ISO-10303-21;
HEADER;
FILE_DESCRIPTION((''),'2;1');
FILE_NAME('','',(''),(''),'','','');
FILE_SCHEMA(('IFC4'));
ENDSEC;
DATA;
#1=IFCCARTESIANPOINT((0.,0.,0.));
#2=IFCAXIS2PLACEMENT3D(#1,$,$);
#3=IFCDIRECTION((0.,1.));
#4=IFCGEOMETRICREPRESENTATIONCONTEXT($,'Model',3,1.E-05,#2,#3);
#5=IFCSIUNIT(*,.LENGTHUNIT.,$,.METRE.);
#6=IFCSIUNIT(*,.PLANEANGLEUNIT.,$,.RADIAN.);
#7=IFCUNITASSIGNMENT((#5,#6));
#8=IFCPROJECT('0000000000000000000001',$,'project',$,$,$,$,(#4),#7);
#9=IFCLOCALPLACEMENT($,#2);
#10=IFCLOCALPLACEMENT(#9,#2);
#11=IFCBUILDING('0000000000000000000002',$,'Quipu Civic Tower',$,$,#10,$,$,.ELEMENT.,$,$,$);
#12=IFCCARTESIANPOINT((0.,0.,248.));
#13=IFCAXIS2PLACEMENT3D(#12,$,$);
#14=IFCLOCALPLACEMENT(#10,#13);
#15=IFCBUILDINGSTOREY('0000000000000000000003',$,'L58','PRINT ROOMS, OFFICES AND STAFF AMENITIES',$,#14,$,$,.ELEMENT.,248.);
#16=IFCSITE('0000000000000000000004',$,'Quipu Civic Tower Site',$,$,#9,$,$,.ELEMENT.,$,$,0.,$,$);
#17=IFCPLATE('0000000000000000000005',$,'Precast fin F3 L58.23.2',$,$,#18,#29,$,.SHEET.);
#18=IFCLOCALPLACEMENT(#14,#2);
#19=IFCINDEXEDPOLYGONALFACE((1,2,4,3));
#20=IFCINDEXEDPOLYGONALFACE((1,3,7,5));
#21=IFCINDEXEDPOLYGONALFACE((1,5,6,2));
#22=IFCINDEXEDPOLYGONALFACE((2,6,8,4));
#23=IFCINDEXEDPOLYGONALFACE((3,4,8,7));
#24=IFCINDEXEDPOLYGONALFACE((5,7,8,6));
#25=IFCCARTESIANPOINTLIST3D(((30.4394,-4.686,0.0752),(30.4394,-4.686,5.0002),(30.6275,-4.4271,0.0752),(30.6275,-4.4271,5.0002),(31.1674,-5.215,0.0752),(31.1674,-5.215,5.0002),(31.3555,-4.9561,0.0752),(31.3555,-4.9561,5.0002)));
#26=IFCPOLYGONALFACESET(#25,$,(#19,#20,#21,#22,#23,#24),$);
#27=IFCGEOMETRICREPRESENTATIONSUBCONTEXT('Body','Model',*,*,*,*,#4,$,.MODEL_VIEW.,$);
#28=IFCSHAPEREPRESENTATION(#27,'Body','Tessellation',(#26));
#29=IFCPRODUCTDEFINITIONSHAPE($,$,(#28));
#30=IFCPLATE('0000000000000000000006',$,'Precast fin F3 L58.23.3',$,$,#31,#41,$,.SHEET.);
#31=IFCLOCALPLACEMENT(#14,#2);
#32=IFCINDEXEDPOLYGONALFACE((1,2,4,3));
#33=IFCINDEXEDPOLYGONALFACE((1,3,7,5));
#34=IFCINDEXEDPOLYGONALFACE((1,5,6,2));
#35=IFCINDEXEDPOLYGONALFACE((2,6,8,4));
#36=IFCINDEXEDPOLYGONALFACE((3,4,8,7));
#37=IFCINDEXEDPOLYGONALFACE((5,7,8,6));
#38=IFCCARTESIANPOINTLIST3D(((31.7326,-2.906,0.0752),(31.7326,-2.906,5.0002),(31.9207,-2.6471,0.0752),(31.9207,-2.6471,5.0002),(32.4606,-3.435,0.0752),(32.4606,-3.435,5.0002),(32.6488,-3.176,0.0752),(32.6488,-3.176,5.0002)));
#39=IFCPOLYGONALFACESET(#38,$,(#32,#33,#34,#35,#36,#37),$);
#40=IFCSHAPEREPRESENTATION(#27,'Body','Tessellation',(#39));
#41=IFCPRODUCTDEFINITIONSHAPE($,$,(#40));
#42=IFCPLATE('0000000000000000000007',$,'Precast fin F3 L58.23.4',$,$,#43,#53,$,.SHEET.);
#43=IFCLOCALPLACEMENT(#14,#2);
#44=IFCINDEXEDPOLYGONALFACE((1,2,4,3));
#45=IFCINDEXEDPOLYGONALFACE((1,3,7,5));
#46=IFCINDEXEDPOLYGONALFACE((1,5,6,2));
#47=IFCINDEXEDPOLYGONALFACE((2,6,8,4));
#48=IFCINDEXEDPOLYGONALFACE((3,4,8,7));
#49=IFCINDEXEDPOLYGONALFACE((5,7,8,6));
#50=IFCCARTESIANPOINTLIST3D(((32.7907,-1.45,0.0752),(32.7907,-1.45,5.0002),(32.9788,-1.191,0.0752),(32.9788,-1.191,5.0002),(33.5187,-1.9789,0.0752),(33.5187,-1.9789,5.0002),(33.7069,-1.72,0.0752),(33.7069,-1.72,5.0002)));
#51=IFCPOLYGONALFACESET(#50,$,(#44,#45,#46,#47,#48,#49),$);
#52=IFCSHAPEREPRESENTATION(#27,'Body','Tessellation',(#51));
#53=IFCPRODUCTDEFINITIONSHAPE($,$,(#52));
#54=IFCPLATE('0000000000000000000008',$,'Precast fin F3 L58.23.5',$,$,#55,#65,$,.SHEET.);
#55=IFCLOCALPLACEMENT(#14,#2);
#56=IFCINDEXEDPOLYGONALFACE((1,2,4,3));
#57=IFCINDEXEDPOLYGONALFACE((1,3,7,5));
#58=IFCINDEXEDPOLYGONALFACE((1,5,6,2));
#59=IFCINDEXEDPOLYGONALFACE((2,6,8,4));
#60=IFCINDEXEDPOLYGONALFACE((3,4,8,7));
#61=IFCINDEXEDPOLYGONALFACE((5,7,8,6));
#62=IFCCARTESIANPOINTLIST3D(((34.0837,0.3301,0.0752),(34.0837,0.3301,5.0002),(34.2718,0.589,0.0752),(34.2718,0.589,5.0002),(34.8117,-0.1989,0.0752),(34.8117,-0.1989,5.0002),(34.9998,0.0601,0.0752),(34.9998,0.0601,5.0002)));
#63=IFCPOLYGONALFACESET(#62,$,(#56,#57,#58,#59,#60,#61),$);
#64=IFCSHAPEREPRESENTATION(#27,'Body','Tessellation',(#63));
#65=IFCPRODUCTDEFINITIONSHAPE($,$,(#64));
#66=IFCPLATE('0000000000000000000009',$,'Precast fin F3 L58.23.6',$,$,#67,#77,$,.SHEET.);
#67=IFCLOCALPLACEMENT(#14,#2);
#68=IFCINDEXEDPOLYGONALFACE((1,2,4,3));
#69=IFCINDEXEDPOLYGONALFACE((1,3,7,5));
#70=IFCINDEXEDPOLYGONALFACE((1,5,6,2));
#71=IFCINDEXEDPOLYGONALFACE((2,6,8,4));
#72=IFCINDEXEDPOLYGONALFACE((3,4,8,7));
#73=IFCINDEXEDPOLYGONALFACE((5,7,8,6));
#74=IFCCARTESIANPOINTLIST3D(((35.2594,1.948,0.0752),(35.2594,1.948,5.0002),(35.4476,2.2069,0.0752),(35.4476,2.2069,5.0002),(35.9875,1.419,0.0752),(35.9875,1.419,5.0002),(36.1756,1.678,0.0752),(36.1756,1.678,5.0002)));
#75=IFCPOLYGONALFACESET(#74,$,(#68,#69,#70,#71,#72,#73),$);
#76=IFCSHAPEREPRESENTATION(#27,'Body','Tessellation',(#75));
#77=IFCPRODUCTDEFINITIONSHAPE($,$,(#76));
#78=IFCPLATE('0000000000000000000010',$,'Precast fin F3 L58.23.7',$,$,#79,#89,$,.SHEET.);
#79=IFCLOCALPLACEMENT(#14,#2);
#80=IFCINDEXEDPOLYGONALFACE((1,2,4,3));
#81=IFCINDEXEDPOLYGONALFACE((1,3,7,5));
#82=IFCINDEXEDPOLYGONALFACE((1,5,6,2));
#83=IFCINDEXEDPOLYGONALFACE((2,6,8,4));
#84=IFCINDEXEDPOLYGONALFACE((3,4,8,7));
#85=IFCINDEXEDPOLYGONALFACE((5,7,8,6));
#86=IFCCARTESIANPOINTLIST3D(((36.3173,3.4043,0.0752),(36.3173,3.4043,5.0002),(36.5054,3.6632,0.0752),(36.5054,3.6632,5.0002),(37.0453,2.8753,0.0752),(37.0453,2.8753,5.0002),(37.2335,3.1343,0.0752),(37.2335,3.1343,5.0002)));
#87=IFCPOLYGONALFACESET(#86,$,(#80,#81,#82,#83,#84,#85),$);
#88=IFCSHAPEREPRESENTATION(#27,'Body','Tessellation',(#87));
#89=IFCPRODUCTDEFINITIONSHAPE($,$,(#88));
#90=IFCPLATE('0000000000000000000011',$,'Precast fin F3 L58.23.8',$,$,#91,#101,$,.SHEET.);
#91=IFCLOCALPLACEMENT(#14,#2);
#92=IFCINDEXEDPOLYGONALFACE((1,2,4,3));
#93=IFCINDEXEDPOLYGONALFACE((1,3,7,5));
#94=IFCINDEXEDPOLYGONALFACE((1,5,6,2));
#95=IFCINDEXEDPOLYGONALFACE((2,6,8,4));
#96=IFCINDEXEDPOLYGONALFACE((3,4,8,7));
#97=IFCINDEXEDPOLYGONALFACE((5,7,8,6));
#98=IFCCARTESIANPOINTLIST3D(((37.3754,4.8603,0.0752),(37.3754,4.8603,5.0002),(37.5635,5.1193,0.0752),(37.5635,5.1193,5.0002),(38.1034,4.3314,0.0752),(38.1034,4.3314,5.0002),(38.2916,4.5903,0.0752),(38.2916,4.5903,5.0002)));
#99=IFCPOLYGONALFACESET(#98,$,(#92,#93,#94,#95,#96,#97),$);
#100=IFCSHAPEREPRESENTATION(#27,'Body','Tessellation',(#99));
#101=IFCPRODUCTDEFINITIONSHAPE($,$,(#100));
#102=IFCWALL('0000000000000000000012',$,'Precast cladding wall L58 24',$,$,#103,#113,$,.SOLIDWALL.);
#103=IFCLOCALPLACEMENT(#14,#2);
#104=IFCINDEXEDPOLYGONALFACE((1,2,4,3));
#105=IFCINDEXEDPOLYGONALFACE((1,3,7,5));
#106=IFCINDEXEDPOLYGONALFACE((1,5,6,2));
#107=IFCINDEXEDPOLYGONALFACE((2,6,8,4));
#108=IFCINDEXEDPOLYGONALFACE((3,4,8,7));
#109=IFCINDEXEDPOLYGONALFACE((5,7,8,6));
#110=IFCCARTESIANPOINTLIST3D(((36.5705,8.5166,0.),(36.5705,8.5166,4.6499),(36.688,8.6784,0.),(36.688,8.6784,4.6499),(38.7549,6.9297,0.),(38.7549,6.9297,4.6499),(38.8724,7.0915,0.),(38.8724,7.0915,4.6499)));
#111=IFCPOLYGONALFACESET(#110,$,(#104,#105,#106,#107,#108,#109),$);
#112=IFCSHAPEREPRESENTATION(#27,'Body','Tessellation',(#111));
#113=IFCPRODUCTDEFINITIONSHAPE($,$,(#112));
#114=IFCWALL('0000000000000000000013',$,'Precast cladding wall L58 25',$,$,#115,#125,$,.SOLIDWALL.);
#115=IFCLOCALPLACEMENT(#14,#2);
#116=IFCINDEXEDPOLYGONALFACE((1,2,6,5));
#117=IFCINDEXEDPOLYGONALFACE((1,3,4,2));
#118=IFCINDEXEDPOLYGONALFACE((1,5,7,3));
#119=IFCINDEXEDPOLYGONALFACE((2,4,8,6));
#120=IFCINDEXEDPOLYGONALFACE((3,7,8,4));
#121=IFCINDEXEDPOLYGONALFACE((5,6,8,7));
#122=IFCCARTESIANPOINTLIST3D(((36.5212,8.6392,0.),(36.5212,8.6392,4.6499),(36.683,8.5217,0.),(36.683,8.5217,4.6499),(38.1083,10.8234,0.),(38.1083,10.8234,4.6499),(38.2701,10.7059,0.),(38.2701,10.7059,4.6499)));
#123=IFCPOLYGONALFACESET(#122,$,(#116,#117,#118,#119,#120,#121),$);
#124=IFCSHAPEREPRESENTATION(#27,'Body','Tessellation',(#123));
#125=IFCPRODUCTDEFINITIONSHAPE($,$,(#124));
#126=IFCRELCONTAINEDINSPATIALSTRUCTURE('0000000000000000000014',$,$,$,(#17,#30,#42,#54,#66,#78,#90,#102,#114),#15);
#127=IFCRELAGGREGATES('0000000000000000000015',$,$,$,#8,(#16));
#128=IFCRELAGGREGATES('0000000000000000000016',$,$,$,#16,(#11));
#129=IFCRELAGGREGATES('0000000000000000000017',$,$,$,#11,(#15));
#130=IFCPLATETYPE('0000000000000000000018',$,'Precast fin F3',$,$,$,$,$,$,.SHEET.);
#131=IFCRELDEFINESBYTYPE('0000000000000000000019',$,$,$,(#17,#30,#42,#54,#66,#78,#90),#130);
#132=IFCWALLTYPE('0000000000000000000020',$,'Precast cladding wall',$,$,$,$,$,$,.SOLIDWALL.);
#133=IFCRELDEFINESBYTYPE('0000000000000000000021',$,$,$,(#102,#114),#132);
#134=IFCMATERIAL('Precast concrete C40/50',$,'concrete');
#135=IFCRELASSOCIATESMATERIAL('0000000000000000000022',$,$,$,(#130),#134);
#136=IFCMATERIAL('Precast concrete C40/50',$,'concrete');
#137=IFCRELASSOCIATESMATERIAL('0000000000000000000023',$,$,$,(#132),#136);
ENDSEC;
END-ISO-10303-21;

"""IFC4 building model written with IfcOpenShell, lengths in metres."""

from ifc_helpers import new_model, si_unit, direction, frame, frame_2d, origin, origin_2d, place, context, subcontext, project, spatial, rectangle, extrude, material, type_object, element, save


model = new_model("IFC4")

# Units and contexts
model_context = context("Model", 3, precision=1e-05, world=origin(), true_north=direction((0.0, 1.0)))
body_context = subcontext(model_context, "Body", "Model", "MODEL_VIEW")
ifc_project = project(units=[si_unit("LENGTHUNIT", "METRE"), si_unit("PLANEANGLEUNIT", "RADIAN")], contexts=[model_context])

# Site, building, storey
site_placement = place(None, origin())
site = spatial("IfcSite", under=ifc_project, at=site_placement, Name="Quipu Civic Tower Site", CompositionType="ELEMENT", RefElevation=0.0)
building_placement = place(site_placement, origin())
building = spatial("IfcBuilding", under=site, at=building_placement, Name="Quipu Civic Tower", CompositionType="ELEMENT")
storey_placement = place(building_placement, frame((0.0, 0.0, 248.0)))
storey = spatial("IfcBuildingStorey", under=building, at=storey_placement, Name="L58", Description="PRINT ROOMS, OFFICES AND STAFF AMENITIES", CompositionType="ELEMENT", Elevation=248.0)

# Plates
ifc_material_1 = material(Name="Precast concrete C40/50", Category="concrete")
plate_type_1 = type_object("IfcPlateType", Name="Precast fin F3", PredefinedType="SHEET", material=ifc_material_1)
for number, where, z_axis, x_axis, name in (
    (1, (30.8975, -4.821, 0.0752), (0.0, 0.0, 1.0), (0.587787, 0.809016, 0.0), "Precast fin F3 L58.23.2"),
    (2, (32.1907, -3.041, 0.0752), (0.0, 0.0, 1.0), (0.587787, 0.809016, 0.0), "Precast fin F3 L58.23.3"),
    (3, (33.2488, -1.585, 0.0752), (0.0, 0.0, 1.0), (0.587787, 0.809016, 0.0), "Precast fin F3 L58.23.4"),
    (4, (34.5417, 0.1951, 0.0752), (0.0, 0.0, 1.0), (0.587787, 0.809016, 0.0), "Precast fin F3 L58.23.5"),
    (5, (35.7175, 1.813, 0.0752), (0.0, 0.0, 1.0), (0.587787, 0.809016, 0.0), "Precast fin F3 L58.23.6"),
    (6, (36.7754, 3.2693, 0.0752), (0.0, 0.0, 1.0), (0.587787, 0.809016, 0.0), "Precast fin F3 L58.23.7"),
    (7, (37.8335, 4.7253, 0.0752), (0.0, 0.0, 1.0), (0.587787, 0.809016, 0.0), "Precast fin F3 L58.23.8"),
):
    element("IfcPlate", number, at=place(storey_placement, frame(where, z_axis=z_axis, x_axis=x_axis)), inside=storey, type_object=plate_type_1, Name=name, PredefinedType="SHEET", context=body_context, shape_type="SweptSolid", body=[
        extrude(rectangle(XDim=0.3201, YDim=0.8999, at=origin_2d()), origin(), (0.0, 0.0, 1.0), 4.925),
    ])

# Walls
ifc_material_2 = material(Name="Precast concrete C40/50", Category="concrete")
wall_type = type_object("IfcWallType", Name="Precast cladding wall", PredefinedType="SOLIDWALL", material=ifc_material_2)
for number, where, z_axis, x_axis, name in (
    (8, (38.8137, 7.0105, 0.0), (0.0, 0.0, 1.0), (-0.809033, 0.587763, 0.0), "Precast cladding wall L58 24"),
    (9, (36.6021, 8.5803, 0.0), (0.0, 0.0, 1.0), (0.587822, 0.80899, 0.0), "Precast cladding wall L58 25"),
):
    element("IfcWall", number, at=place(storey_placement, frame(where, z_axis=z_axis, x_axis=x_axis)), inside=storey, type_object=wall_type, Name=name, PredefinedType="SOLIDWALL", context=body_context, shape_type="SweptSolid", body=[
        extrude(rectangle(XDim=2.7, YDim=0.2, at=frame_2d((1.3501, 0.0))), origin(), (0.0, 0.0, 1.0), 4.6499),
    ])

save(model, "model.ifc")
